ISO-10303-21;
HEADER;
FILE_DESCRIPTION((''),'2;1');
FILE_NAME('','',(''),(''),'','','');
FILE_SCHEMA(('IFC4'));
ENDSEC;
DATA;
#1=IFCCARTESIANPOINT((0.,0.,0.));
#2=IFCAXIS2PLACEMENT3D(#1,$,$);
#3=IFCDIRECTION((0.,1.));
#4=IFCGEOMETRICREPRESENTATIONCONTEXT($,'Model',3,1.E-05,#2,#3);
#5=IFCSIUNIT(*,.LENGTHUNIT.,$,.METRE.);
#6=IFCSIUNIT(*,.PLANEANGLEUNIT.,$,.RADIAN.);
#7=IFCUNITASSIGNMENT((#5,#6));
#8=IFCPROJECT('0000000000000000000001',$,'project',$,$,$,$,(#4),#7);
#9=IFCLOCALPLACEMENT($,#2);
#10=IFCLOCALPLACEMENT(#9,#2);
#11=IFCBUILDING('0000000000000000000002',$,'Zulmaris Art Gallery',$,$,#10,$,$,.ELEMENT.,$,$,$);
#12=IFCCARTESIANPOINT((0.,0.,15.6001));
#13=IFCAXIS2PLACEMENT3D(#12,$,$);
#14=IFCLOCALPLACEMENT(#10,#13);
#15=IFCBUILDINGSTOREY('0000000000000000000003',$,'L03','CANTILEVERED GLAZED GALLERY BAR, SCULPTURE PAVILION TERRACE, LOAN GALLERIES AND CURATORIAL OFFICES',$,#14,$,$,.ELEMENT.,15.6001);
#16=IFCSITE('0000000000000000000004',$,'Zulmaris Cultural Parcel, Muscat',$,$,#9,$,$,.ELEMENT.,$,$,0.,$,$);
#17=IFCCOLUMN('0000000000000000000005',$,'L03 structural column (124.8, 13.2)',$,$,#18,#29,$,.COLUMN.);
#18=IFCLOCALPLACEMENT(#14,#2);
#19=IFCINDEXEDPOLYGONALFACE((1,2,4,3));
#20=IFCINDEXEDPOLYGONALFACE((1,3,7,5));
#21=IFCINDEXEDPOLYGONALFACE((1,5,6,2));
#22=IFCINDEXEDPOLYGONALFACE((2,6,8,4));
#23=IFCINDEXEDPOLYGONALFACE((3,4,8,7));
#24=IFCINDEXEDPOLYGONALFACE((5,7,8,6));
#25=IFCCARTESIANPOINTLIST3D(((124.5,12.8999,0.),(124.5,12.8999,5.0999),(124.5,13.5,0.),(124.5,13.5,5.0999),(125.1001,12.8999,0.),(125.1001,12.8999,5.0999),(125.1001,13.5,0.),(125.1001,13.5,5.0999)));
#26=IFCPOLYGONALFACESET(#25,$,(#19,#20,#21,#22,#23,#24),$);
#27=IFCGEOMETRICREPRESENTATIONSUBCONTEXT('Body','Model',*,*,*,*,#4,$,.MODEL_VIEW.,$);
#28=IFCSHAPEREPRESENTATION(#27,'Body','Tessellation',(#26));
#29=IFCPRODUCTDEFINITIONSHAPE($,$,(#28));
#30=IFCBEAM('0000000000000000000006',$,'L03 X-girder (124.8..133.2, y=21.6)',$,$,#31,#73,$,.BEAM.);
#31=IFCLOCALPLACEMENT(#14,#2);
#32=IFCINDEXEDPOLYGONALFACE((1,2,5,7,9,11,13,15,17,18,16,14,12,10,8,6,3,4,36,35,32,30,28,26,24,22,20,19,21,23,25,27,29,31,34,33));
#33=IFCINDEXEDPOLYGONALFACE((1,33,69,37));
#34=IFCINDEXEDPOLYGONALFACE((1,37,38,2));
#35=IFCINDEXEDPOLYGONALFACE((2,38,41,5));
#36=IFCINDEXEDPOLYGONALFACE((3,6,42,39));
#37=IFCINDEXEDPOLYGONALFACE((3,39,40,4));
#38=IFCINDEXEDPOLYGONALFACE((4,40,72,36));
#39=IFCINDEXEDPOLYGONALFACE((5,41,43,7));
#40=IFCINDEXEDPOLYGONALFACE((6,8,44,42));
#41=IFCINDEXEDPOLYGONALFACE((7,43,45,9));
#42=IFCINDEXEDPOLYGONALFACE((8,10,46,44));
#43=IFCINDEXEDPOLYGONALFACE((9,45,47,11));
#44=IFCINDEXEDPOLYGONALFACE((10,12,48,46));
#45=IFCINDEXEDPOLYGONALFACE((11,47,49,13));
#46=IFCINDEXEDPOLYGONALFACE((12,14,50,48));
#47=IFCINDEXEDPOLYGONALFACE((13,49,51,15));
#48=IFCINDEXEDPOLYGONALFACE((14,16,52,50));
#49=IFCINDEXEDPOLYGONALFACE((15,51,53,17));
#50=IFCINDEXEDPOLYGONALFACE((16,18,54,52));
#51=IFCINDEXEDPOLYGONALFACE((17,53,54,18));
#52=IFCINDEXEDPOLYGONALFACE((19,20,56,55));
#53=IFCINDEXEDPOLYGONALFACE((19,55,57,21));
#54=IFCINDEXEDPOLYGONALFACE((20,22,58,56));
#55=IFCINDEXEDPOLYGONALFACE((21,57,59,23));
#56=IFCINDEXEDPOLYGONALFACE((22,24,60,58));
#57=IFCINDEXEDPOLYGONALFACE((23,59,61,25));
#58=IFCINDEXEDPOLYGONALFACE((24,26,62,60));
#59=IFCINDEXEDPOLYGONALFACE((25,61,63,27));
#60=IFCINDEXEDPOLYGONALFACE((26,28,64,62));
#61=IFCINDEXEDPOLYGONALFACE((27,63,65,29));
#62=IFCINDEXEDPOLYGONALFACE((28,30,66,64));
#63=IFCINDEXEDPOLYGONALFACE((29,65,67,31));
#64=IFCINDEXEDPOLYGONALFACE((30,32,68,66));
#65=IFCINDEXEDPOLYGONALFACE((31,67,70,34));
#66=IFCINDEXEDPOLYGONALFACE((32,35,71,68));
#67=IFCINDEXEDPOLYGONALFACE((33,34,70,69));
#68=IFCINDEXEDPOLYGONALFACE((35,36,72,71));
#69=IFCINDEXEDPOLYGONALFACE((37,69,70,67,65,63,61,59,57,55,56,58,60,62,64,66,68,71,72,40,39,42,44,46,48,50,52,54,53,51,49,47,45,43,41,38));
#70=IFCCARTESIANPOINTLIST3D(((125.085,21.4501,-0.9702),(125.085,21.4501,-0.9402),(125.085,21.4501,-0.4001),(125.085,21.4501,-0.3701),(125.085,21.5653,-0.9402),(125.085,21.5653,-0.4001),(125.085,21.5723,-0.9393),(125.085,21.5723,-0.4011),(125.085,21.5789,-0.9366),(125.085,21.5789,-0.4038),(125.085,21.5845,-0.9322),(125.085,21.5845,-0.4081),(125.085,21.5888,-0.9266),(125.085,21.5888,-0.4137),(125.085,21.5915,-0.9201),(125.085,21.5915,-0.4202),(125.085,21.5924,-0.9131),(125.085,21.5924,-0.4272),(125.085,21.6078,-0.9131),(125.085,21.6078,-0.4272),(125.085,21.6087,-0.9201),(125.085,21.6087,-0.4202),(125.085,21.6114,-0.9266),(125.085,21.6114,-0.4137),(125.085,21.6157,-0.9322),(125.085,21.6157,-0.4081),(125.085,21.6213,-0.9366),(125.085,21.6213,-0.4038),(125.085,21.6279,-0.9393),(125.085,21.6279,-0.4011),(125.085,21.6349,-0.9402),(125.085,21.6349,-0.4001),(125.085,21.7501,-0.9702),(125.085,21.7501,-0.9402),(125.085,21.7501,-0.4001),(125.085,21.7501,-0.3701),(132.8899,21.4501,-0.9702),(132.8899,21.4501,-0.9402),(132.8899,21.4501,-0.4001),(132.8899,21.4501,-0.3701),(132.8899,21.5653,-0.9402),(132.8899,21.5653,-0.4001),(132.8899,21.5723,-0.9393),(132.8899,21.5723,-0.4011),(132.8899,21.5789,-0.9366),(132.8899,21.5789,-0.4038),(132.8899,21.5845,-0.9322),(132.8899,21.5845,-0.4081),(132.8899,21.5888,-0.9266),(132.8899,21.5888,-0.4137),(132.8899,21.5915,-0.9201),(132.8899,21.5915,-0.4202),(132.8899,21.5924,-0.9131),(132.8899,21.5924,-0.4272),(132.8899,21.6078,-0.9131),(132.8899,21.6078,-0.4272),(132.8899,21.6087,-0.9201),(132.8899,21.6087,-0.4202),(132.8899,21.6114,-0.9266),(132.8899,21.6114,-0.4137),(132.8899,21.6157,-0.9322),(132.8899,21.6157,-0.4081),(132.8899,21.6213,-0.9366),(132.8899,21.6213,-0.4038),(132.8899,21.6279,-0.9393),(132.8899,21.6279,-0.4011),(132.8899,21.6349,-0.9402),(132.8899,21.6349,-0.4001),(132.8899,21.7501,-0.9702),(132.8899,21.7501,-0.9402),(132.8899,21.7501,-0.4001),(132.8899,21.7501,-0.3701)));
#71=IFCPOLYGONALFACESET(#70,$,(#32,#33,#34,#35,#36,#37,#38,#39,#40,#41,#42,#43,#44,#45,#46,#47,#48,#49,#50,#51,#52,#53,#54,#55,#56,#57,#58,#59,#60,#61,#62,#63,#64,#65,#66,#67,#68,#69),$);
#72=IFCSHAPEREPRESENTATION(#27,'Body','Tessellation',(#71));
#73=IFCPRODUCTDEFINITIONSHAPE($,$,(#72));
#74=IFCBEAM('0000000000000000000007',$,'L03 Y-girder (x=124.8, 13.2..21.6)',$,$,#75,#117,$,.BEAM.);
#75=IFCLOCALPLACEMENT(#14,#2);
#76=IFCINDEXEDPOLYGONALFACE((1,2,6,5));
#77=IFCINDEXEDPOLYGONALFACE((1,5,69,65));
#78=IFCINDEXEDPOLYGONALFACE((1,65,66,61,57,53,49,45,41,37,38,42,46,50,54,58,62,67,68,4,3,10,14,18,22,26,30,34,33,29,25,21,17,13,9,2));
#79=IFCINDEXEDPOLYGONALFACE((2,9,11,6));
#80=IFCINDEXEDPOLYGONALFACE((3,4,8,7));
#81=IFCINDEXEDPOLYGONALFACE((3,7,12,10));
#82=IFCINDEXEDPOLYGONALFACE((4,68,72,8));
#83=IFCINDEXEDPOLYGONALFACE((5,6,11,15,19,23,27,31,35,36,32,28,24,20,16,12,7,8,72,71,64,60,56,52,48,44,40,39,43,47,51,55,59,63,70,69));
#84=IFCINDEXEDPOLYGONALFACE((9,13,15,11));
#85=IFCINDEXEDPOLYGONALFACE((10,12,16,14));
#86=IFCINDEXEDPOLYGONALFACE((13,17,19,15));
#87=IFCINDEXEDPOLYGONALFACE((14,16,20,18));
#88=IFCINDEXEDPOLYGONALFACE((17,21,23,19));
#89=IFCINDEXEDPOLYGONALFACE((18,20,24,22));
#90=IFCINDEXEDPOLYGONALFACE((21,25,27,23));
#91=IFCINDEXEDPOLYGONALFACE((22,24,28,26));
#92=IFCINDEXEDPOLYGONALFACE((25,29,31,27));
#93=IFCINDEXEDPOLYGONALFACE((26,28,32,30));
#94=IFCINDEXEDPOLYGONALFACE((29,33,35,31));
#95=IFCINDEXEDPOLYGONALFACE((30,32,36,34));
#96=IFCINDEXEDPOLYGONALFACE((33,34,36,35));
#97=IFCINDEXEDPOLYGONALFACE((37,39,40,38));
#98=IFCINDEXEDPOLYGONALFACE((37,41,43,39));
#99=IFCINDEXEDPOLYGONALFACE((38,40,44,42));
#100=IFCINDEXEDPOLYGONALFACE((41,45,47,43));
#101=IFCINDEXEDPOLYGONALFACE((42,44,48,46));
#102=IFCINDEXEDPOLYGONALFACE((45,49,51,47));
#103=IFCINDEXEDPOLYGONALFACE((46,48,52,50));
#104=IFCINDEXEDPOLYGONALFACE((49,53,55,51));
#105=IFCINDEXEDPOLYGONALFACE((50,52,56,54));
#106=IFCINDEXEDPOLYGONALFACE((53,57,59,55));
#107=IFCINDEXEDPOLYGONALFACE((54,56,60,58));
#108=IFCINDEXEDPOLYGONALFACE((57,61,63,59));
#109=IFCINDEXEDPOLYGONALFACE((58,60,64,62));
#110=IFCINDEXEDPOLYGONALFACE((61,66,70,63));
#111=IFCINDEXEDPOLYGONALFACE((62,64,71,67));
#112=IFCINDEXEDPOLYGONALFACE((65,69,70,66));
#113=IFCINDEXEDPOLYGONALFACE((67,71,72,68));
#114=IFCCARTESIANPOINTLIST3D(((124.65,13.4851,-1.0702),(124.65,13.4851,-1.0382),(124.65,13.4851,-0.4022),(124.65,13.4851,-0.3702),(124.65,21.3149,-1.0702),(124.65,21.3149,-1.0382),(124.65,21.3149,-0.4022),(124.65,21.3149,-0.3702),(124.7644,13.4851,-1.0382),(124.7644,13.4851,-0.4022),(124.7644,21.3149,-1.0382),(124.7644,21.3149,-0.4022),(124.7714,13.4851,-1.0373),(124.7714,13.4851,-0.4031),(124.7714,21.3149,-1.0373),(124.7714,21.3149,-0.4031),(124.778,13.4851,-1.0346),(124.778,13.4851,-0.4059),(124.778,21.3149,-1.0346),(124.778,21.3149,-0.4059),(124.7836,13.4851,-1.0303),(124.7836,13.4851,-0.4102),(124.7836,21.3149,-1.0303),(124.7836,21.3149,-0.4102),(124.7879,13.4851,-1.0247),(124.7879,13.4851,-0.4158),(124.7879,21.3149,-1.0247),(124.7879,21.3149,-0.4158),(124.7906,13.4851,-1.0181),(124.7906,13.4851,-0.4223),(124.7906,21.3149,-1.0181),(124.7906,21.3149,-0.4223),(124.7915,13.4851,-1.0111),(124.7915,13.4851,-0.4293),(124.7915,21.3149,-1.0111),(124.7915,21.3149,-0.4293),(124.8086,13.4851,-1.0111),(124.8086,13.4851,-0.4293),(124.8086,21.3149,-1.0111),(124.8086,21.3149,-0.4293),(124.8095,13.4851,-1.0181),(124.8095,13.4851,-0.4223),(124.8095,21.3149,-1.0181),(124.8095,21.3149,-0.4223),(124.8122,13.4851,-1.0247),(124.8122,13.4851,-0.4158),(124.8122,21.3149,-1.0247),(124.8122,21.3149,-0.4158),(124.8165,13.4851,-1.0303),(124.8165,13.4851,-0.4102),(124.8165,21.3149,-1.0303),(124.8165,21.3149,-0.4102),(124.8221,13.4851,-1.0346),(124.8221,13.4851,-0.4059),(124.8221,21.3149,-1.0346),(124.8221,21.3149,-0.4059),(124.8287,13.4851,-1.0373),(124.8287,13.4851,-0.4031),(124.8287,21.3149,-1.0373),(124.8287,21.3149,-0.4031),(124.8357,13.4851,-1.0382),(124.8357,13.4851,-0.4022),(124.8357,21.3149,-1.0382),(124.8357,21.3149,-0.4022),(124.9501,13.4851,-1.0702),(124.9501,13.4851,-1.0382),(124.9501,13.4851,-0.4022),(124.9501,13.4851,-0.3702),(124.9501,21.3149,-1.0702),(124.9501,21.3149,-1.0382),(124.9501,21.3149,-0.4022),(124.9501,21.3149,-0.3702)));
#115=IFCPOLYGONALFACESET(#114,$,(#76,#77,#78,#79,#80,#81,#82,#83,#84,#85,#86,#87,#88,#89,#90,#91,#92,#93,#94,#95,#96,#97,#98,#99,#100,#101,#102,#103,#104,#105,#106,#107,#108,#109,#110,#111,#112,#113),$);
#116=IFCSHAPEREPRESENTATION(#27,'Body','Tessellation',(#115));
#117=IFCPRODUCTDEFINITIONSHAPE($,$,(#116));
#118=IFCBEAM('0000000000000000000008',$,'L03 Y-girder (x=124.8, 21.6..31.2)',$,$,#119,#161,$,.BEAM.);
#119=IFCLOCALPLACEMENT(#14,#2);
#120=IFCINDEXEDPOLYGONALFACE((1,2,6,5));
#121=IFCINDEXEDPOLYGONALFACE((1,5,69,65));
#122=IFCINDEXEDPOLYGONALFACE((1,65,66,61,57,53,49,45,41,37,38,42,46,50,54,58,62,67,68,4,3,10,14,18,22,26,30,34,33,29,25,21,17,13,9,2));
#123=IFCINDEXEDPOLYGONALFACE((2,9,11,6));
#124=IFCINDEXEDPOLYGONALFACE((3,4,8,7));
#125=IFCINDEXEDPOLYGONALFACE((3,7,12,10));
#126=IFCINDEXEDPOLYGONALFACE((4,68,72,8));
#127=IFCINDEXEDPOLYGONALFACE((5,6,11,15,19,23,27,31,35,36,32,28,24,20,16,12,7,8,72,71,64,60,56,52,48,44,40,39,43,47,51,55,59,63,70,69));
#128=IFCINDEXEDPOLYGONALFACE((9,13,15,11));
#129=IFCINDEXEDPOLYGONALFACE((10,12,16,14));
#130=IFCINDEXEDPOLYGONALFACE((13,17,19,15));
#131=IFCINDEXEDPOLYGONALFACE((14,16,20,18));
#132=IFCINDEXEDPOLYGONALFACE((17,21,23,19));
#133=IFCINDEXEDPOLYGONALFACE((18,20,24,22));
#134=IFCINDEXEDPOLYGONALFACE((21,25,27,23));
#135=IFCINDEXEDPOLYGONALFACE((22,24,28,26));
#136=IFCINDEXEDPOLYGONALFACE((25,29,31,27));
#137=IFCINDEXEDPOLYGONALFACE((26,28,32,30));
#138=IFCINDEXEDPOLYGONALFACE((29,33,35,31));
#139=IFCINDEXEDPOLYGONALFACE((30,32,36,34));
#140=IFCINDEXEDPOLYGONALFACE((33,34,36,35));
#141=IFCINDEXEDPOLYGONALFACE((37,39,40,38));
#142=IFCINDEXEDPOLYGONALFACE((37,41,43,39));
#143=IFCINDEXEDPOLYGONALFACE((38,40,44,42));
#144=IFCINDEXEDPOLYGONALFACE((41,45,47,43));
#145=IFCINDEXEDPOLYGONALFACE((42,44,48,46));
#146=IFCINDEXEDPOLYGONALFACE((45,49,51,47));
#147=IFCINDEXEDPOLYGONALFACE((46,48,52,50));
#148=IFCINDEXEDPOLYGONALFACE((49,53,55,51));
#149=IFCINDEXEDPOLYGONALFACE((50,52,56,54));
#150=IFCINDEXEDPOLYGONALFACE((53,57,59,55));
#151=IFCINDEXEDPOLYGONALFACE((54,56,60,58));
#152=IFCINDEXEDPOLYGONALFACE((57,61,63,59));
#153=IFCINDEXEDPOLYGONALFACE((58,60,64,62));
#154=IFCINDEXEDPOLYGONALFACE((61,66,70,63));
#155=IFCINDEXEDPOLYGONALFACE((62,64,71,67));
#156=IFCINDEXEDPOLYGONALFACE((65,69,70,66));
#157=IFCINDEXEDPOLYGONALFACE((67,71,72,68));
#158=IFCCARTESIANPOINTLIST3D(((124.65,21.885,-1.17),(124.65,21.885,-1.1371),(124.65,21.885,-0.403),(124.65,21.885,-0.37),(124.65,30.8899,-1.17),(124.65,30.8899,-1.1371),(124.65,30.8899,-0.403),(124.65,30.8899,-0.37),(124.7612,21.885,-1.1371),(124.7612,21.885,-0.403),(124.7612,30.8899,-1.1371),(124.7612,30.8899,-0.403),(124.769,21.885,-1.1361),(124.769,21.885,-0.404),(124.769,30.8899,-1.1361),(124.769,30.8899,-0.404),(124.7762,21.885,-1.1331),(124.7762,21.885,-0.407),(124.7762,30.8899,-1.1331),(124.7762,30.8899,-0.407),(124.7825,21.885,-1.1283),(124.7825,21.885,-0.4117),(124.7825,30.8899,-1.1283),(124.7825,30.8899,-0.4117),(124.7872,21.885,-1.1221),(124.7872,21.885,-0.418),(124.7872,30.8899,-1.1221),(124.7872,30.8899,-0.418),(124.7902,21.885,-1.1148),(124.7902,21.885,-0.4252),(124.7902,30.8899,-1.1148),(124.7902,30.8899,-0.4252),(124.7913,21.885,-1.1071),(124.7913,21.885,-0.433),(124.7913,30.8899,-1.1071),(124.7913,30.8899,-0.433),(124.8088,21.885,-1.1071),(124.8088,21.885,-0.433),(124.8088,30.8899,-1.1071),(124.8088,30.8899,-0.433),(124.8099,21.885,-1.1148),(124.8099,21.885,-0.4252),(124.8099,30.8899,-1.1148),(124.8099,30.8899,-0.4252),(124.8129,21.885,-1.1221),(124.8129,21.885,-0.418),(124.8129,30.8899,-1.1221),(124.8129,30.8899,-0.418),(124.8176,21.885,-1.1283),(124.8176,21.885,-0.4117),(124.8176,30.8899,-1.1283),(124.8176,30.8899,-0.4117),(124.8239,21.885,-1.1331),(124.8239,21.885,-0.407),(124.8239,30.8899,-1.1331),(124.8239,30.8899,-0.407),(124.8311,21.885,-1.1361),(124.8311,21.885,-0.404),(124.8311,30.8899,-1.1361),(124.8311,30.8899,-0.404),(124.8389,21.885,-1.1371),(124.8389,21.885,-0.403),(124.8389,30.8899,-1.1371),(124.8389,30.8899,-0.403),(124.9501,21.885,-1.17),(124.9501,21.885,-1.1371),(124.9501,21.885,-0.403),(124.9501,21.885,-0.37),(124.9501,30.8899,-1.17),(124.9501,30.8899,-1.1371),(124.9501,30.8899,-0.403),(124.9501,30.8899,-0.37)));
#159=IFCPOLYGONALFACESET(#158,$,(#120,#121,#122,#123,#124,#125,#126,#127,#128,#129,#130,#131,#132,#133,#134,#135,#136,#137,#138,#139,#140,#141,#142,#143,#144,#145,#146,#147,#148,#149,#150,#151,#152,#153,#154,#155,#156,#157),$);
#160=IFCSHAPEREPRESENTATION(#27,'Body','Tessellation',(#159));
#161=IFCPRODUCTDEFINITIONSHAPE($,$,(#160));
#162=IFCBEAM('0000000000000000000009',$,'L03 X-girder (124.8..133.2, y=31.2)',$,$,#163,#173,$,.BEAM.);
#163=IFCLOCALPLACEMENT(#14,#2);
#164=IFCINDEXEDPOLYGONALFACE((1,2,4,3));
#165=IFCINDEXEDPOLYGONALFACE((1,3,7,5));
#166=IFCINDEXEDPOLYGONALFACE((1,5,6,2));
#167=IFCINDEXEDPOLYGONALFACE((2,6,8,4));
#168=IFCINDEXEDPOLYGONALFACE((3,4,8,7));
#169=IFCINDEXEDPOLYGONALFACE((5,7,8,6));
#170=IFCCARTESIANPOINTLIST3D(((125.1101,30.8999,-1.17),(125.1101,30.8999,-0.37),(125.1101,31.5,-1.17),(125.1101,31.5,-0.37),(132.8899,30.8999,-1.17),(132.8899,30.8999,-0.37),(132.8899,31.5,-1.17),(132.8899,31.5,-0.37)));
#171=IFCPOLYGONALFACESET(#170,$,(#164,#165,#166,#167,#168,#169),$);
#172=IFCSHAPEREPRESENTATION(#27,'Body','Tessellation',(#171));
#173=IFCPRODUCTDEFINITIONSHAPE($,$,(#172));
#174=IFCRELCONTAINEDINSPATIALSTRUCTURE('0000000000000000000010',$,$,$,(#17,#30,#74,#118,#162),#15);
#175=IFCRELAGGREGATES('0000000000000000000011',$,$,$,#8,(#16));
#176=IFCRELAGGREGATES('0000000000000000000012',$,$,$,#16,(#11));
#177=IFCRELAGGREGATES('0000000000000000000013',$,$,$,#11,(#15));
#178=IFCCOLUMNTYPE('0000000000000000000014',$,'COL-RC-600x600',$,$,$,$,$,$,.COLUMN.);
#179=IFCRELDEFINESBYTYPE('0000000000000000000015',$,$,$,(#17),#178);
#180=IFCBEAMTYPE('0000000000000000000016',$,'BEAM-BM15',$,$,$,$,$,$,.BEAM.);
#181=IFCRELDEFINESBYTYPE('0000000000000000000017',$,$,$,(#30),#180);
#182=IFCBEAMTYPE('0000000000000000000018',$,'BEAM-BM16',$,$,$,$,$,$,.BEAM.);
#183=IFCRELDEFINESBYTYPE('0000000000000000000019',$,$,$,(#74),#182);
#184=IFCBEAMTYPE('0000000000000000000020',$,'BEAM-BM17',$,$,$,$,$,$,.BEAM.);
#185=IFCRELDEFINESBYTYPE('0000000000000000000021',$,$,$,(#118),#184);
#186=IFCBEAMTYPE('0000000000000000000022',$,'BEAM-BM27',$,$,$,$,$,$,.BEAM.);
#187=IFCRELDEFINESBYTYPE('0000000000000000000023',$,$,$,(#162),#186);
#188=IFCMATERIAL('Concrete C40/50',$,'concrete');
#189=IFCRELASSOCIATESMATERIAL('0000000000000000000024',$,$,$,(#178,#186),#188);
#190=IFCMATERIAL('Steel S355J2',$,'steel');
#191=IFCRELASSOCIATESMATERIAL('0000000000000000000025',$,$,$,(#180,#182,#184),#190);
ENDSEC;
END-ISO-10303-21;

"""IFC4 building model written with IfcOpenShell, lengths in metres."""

from ifc_helpers import new_model, si_unit, direction, frame, origin, origin_2d, place, context, subcontext, project, spatial, rectangle, i_section, extrude, material, material_profile, profile_set, type_object, element, save


model = new_model("IFC4")

# Units and contexts
model_context = context("Model", 3, precision=1e-05, world=origin(), true_north=direction((0.0, 1.0)))
body_context = subcontext(model_context, "Body", "Model", "MODEL_VIEW")
ifc_project = project(units=[si_unit("LENGTHUNIT", "METRE"), si_unit("PLANEANGLEUNIT", "RADIAN")], contexts=[model_context])

# Site, building, storey
site_placement = place(None, origin())
site = spatial("IfcSite", under=ifc_project, at=site_placement, Name="Zulmaris Cultural Parcel, Muscat", CompositionType="ELEMENT", RefElevation=0.0)
building_placement = place(site_placement, origin())
building = spatial("IfcBuilding", under=site, at=building_placement, Name="Zulmaris Art Gallery", CompositionType="ELEMENT")
storey_placement = place(building_placement, frame((0.0, 0.0, 15.6001)))
storey = spatial("IfcBuildingStorey", under=building, at=storey_placement, Name="L03", Description="CANTILEVERED GLAZED GALLERY BAR, SCULPTURE PAVILION TERRACE, LOAN GALLERIES AND CURATORIAL OFFICES", CompositionType="ELEMENT", Elevation=15.6001)

# Column
ifc_material_1 = material(Name="Concrete C40/50", Category="concrete")
ifc_material_profile_1 = material_profile(ifc_material_1, rectangle(XDim=0.6001, YDim=0.6001, at=origin_2d()), Name="RC 600x600")
ifc_profile_set_1 = profile_set([ifc_material_profile_1], Name="Concrete C40/50")
column_type = type_object("IfcColumnType", Name="COL-RC-600x600", PredefinedType="COLUMN", material=ifc_profile_set_1)
column_placement = place(storey_placement, frame((124.8, 13.2, 0.0), z_axis=(0.0, 0.0, 1.0), x_axis=(1.0, 0.0, 0.0)))
element("IfcColumn", 1, at=column_placement, inside=storey, type_object=column_type, Name="L03 structural column (124.8, 13.2)", PredefinedType="COLUMN", context=body_context, shape_type="SweptSolid", body=[
    extrude(rectangle(XDim=0.6001, YDim=0.6001, at=origin_2d()), origin(), (0.0, 0.0, 1.0), 5.0999),
])

# Beams
ifc_material_2 = material(Name="Steel S355J2", Category="steel")
ifc_material_profile_2 = material_profile(ifc_material_2, i_section(OverallWidth=0.3, OverallDepth=0.6001, WebThickness=0.0154, FlangeThickness=0.03, FilletRadius=0.0271, at=origin_2d()), Name="HEB 600")
ifc_profile_set_2 = profile_set([ifc_material_profile_2], Name="Steel S355J2")
beam_type_1 = type_object("IfcBeamType", Name="BEAM-BM15", PredefinedType="BEAM", material=ifc_profile_set_2)
beam_1_placement = place(storey_placement, frame((125.085, 21.6001, -0.6702), z_axis=(1.0, 0.0, 0.0), x_axis=(0.0, 1.0, 0.0)))
element("IfcBeam", 2, at=beam_1_placement, inside=storey, type_object=beam_type_1, Name="L03 X-girder (124.8..133.2, y=21.6)", PredefinedType="BEAM", context=body_context, shape_type="SweptSolid", body=[
    extrude(i_section(OverallWidth=0.3, OverallDepth=0.6001, WebThickness=0.0154, FlangeThickness=0.03, FilletRadius=0.0271, at=origin_2d()), origin(), (0.0, 0.0, 1.0), 7.8049),
])
ifc_material_profile_3 = material_profile(ifc_material_2, i_section(OverallWidth=0.3, OverallDepth=0.7, WebThickness=0.0171, FlangeThickness=0.032, FilletRadius=0.0271, at=origin_2d()), Name="HEB 700")
ifc_profile_set_3 = profile_set([ifc_material_profile_3], Name="Steel S355J2")
beam_type_2 = type_object("IfcBeamType", Name="BEAM-BM16", PredefinedType="BEAM", material=ifc_profile_set_3)
beam_2_placement = place(storey_placement, frame((124.8, 13.4851, -0.7202), z_axis=(0.0, 1.0, 0.0), x_axis=(-1.0, 0.0, 0.0)))
element("IfcBeam", 3, at=beam_2_placement, inside=storey, type_object=beam_type_2, Name="L03 Y-girder (x=124.8, 13.2..21.6)", PredefinedType="BEAM", context=body_context, shape_type="SweptSolid", body=[
    extrude(i_section(OverallWidth=0.3, OverallDepth=0.7, WebThickness=0.0171, FlangeThickness=0.032, FilletRadius=0.0271, at=origin_2d()), origin(), (0.0, 0.0, 1.0), 7.8298),
])
ifc_material_profile_4 = material_profile(ifc_material_2, i_section(OverallWidth=0.3, OverallDepth=0.8, WebThickness=0.0176, FlangeThickness=0.033, FilletRadius=0.03, at=origin_2d()), Name="HEB 800")
ifc_profile_set_4 = profile_set([ifc_material_profile_4], Name="Steel S355J2")
beam_type_3 = type_object("IfcBeamType", Name="BEAM-BM17", PredefinedType="BEAM", material=ifc_profile_set_4)
beam_3_placement = place(storey_placement, frame((124.8, 21.885, -0.77), z_axis=(0.0, 1.0, 0.0), x_axis=(-1.0, 0.0, 0.0)))
element("IfcBeam", 4, at=beam_3_placement, inside=storey, type_object=beam_type_3, Name="L03 Y-girder (x=124.8, 21.6..31.2)", PredefinedType="BEAM", context=body_context, shape_type="SweptSolid", body=[
    extrude(i_section(OverallWidth=0.3, OverallDepth=0.8, WebThickness=0.0176, FlangeThickness=0.033, FilletRadius=0.03, at=origin_2d()), origin(), (0.0, 0.0, 1.0), 9.0049),
])
ifc_material_profile_5 = material_profile(ifc_material_1, rectangle(XDim=0.6001, YDim=0.8, at=origin_2d()), Name="RC 600x800")
ifc_profile_set_5 = profile_set([ifc_material_profile_5], Name="Concrete C40/50")
beam_type_4 = type_object("IfcBeamType", Name="BEAM-BM27", PredefinedType="BEAM", material=ifc_profile_set_5)
beam_4_placement = place(storey_placement, frame((125.1101, 31.2, -0.77), z_axis=(1.0, 0.0, 0.0), x_axis=(0.0, 1.0, 0.0)))
element("IfcBeam", 5, at=beam_4_placement, inside=storey, type_object=beam_type_4, Name="L03 X-girder (124.8..133.2, y=31.2)", PredefinedType="BEAM", context=body_context, shape_type="SweptSolid", body=[
    extrude(rectangle(XDim=0.6001, YDim=0.8, at=origin_2d()), origin(), (0.0, 0.0, 1.0), 7.7798),
])

save(model, "model.ifc")
